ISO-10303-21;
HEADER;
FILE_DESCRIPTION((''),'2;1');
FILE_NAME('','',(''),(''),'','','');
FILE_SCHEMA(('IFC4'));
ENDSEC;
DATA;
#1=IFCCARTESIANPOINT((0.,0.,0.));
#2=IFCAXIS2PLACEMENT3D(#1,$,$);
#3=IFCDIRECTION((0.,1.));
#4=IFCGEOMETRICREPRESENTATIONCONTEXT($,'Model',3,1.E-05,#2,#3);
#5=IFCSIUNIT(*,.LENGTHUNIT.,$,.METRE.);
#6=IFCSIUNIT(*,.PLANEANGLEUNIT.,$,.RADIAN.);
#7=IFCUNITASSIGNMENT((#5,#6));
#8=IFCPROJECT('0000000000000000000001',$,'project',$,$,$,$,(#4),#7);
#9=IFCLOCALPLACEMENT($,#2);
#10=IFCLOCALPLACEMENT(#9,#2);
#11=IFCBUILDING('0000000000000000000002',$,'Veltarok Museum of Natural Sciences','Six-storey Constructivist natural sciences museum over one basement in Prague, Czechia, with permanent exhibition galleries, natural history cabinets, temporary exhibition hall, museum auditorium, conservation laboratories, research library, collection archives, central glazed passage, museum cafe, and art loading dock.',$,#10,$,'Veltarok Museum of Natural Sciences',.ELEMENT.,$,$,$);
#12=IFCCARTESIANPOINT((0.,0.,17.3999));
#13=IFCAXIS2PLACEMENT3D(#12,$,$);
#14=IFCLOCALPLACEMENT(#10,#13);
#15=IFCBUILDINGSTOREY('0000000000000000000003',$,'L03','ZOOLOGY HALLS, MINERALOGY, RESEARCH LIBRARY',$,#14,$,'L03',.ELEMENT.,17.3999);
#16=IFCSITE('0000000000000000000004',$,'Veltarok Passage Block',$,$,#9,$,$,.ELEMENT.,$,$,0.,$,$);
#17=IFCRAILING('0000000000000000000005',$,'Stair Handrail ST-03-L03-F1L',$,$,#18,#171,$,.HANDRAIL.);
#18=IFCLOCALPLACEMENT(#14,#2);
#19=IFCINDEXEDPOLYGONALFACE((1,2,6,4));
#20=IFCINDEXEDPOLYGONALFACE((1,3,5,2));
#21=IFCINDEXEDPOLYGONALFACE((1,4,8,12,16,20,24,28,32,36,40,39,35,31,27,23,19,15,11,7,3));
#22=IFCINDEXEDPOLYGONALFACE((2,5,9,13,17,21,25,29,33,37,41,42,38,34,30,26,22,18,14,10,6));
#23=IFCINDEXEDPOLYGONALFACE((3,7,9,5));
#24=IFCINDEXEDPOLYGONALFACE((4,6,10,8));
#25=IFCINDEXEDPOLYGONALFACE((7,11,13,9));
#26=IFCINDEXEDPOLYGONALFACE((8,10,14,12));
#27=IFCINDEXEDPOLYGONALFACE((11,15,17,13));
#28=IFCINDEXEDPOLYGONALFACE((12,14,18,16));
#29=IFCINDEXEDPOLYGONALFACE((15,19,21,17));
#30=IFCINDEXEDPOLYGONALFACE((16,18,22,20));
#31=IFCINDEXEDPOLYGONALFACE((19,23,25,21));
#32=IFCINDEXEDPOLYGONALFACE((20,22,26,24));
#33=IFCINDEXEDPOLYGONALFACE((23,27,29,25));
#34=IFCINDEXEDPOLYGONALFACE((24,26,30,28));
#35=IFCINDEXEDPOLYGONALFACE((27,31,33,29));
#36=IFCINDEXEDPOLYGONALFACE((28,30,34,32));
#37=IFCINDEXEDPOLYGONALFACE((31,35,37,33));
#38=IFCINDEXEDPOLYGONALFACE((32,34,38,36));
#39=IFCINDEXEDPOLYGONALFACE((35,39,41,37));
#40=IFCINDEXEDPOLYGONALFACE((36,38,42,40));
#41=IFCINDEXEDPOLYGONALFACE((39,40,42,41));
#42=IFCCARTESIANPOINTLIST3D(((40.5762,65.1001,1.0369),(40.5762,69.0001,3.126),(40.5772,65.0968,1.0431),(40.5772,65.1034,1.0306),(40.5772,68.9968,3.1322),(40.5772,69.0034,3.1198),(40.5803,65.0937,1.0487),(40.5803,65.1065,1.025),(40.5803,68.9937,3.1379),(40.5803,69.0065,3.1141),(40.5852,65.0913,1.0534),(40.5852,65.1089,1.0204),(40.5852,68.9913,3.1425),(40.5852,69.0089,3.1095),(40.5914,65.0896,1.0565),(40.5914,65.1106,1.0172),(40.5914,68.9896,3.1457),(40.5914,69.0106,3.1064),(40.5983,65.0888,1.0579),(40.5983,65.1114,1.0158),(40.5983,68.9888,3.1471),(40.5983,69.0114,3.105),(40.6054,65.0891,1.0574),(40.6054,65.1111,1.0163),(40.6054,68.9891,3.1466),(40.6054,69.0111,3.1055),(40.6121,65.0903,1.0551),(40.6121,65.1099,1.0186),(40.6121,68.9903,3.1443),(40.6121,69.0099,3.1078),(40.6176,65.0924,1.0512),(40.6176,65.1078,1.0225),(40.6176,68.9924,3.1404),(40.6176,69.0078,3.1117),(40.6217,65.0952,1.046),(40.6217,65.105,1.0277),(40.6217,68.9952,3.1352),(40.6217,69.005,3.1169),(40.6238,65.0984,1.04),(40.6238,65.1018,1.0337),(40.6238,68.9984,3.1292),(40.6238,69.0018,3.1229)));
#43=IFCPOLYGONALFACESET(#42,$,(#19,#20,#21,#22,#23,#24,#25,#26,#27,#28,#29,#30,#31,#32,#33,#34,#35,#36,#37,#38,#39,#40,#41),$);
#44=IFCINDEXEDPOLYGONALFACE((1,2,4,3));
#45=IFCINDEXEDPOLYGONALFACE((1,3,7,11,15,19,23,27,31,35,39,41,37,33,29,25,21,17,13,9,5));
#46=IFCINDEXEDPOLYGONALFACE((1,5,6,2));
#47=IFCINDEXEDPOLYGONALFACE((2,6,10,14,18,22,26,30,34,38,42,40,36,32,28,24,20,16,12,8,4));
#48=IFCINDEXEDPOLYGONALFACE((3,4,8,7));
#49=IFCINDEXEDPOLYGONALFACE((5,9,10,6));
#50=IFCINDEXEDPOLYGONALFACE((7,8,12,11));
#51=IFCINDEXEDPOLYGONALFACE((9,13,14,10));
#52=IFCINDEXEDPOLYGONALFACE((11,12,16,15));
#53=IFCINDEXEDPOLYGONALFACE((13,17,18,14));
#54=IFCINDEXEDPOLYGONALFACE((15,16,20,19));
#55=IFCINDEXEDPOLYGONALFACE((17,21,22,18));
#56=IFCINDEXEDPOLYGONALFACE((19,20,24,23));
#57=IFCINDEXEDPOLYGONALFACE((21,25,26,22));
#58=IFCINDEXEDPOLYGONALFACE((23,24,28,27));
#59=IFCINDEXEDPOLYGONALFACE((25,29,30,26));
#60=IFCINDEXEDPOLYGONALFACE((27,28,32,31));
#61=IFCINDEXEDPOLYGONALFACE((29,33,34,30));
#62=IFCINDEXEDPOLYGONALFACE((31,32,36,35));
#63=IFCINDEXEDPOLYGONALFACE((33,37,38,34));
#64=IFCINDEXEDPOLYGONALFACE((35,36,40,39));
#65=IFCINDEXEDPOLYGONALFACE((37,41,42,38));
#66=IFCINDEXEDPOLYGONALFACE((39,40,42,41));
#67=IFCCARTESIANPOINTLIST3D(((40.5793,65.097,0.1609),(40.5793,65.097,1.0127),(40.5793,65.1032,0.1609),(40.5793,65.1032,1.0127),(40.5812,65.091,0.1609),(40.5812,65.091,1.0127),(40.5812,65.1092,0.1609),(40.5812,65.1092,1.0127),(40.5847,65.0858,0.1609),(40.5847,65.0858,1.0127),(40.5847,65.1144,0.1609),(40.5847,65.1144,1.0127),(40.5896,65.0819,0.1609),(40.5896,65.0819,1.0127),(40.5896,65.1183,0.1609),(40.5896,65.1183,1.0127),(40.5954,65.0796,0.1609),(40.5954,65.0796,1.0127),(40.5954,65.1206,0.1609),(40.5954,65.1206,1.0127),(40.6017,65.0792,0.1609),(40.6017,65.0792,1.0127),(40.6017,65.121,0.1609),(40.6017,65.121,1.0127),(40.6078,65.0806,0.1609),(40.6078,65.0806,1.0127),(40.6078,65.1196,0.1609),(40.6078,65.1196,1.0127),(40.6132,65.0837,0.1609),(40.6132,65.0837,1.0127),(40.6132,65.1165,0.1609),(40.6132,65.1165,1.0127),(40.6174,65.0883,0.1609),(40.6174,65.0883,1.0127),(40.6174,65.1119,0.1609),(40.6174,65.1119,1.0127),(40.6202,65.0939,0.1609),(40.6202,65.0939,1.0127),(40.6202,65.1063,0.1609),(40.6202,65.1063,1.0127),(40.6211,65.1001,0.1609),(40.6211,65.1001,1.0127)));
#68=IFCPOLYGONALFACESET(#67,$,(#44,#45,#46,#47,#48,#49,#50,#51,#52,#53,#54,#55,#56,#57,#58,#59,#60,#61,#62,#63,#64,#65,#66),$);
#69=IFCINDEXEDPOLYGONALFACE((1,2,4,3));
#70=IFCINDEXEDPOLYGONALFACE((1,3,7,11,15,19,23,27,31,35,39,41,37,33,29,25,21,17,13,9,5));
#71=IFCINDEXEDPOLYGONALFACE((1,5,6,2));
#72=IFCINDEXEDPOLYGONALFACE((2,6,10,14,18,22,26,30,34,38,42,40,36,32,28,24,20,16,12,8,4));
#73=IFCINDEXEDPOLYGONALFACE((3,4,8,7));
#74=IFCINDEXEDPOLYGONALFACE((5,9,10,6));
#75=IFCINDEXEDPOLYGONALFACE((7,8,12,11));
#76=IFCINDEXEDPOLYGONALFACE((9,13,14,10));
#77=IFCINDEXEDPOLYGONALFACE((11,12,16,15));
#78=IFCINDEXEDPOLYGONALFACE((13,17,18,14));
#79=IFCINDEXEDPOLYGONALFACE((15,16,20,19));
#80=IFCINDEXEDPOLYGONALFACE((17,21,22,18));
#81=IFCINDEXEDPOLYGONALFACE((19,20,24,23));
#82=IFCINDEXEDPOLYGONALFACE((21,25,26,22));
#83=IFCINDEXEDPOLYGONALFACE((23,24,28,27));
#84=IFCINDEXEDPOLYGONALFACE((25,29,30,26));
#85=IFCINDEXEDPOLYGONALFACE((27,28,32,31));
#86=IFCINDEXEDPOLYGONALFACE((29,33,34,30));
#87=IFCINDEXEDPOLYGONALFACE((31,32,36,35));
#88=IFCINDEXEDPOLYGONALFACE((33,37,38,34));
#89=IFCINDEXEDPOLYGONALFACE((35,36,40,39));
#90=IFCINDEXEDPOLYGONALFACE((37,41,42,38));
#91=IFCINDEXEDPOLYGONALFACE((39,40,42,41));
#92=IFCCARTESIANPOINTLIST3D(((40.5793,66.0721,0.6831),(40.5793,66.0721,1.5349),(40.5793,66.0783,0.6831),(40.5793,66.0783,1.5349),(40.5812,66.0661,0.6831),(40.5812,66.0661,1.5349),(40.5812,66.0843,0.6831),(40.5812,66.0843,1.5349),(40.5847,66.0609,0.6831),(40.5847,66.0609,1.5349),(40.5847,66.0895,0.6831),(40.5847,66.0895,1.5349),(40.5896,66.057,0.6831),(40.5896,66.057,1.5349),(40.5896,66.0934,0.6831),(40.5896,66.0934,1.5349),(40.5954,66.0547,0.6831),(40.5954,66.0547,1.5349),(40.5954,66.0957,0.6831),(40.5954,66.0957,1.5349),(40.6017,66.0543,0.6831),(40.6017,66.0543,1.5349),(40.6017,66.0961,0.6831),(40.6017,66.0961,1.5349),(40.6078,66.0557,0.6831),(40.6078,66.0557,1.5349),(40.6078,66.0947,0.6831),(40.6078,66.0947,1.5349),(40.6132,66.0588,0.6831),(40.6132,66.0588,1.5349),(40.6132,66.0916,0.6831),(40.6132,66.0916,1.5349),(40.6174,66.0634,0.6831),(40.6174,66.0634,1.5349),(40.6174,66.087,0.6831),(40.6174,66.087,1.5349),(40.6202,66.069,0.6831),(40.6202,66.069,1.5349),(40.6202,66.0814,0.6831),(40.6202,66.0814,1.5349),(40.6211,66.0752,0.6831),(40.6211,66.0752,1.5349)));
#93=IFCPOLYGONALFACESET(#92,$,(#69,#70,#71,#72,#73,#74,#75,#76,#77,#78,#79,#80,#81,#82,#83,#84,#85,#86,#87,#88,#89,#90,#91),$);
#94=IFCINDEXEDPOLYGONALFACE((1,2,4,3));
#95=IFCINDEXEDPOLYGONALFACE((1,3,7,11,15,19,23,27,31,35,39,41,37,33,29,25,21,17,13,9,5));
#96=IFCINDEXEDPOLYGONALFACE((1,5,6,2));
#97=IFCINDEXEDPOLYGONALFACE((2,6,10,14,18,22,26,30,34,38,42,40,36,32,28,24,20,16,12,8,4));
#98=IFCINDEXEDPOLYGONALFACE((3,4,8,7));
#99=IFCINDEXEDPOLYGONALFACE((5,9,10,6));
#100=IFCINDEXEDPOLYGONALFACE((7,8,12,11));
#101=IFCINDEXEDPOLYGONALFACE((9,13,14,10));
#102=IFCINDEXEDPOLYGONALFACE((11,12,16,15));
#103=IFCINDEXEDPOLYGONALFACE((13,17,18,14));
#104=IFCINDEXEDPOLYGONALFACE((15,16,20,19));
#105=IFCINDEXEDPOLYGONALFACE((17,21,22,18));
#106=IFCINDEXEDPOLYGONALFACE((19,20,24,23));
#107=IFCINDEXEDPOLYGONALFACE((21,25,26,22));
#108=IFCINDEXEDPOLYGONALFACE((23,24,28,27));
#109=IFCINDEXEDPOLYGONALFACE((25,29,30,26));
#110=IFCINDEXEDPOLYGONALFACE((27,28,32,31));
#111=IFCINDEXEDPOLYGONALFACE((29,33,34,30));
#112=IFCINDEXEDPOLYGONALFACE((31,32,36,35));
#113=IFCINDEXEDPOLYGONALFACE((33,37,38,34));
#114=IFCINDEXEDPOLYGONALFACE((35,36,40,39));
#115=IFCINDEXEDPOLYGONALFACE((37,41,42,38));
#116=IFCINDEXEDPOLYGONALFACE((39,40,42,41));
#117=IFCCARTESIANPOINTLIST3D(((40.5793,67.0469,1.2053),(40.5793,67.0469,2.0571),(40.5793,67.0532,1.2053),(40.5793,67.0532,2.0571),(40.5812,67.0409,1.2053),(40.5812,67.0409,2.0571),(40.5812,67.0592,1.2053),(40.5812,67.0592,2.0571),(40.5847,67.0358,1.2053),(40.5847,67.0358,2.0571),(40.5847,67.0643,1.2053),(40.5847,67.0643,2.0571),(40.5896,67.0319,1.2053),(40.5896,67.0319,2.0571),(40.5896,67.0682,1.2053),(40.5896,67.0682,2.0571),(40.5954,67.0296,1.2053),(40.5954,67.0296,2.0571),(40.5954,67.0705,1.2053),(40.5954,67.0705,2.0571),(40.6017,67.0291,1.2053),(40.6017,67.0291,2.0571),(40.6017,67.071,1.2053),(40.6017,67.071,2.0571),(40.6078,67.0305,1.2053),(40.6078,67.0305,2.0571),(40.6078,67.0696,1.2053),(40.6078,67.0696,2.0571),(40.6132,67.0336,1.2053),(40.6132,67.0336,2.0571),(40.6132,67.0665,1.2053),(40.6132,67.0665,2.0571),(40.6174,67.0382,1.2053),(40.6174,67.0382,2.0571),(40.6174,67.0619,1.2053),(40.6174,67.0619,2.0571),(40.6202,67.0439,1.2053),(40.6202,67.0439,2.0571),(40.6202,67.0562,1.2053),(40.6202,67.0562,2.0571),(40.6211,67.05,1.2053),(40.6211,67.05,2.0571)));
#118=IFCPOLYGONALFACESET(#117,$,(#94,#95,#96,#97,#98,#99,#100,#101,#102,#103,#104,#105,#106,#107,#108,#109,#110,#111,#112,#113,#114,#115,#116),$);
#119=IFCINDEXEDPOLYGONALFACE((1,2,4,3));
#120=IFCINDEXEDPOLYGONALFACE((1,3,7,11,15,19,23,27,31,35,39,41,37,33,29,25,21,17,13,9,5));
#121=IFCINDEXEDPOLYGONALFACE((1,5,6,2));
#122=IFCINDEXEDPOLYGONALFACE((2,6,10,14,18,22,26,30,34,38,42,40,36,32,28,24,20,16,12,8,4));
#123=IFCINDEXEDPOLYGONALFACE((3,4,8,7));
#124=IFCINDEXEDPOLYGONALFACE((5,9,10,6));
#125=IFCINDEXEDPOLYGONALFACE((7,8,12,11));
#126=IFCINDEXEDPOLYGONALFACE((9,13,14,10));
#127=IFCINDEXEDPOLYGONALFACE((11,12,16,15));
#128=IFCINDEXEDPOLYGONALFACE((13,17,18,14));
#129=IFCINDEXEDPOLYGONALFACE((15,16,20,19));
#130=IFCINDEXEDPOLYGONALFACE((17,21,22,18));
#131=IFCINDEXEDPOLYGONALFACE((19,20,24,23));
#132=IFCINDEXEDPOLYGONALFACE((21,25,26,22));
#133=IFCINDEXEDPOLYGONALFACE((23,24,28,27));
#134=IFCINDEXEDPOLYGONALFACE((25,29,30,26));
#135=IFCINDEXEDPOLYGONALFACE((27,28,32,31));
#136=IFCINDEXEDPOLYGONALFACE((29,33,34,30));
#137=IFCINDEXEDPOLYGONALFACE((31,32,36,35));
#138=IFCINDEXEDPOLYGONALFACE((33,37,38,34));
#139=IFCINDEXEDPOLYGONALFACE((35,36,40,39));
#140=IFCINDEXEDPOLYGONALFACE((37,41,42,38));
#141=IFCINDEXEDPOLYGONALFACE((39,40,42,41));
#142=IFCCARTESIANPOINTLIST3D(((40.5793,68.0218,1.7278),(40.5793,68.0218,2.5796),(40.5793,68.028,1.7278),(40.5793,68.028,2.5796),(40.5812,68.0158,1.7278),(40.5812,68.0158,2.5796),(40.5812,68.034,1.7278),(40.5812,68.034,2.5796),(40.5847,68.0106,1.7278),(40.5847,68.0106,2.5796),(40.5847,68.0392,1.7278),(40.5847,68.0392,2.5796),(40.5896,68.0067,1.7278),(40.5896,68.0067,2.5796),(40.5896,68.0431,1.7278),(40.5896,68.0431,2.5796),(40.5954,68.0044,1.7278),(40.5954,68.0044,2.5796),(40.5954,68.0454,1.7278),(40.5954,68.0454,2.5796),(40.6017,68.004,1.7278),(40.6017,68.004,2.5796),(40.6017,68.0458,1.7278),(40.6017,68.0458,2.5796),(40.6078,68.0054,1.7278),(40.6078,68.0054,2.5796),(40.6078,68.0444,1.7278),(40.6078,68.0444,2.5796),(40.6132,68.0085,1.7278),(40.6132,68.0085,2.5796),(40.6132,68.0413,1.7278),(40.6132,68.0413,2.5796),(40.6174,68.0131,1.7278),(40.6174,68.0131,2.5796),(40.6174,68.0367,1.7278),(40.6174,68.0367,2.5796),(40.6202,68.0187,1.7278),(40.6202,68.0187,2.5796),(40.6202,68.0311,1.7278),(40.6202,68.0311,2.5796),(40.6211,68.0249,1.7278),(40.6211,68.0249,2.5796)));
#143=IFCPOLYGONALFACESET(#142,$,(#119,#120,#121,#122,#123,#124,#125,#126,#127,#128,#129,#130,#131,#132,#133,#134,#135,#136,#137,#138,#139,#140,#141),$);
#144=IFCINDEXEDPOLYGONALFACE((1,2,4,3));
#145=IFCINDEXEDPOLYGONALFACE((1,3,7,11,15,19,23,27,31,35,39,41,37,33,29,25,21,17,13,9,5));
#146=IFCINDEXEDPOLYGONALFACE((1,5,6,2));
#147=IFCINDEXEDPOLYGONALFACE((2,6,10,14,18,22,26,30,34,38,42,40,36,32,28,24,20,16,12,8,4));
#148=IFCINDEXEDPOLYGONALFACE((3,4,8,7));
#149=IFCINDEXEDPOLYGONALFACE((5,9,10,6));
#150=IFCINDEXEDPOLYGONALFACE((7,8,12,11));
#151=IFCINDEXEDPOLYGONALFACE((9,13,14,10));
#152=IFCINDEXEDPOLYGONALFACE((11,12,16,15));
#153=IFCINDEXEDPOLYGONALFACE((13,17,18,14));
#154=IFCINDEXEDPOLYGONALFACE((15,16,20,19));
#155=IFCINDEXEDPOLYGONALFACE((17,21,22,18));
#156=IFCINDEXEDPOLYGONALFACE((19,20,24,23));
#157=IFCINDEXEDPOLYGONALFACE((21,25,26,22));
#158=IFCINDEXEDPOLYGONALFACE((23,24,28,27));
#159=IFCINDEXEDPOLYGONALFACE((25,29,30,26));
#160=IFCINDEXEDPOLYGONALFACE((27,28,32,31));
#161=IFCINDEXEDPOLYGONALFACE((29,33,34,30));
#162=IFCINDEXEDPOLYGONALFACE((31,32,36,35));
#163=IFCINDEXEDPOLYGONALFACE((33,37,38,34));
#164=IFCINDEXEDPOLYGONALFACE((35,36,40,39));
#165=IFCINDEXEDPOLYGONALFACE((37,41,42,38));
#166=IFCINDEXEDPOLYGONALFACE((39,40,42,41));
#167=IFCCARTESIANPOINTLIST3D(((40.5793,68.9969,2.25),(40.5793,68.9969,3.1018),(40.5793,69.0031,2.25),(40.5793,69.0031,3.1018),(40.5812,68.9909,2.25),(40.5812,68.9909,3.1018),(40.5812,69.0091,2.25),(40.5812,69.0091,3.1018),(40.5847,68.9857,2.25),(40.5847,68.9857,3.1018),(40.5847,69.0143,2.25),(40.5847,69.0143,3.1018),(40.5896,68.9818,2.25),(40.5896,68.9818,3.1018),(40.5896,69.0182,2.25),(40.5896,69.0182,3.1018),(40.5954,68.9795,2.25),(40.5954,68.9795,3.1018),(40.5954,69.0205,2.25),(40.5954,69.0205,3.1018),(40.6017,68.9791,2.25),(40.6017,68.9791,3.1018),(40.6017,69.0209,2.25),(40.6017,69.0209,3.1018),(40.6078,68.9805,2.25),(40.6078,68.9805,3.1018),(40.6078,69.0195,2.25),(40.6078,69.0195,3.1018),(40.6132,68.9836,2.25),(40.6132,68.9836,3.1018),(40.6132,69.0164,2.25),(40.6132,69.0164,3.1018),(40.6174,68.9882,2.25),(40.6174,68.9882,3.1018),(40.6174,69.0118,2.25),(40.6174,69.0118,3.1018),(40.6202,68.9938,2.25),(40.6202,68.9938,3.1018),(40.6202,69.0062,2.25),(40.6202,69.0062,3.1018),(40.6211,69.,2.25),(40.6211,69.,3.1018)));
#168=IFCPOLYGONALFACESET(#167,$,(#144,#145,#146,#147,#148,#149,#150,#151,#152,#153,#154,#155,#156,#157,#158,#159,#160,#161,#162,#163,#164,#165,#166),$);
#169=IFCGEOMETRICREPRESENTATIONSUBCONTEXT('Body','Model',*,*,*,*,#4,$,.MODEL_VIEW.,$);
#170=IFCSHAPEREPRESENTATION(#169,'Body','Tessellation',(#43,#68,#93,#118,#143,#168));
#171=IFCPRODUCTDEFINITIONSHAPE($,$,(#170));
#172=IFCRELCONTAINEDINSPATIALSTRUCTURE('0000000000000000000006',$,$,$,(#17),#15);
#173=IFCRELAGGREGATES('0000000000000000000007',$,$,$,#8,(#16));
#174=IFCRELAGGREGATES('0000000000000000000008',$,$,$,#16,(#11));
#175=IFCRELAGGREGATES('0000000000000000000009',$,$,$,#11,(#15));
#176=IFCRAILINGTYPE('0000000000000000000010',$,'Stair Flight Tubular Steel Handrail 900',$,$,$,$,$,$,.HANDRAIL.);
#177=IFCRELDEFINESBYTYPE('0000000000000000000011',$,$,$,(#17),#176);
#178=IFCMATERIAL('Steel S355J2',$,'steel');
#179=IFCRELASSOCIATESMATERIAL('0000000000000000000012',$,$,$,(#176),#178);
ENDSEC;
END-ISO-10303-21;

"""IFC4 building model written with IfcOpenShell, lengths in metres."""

from ifc_helpers import new_model, si_unit, direction, frame, origin, origin_2d, place, context, subcontext, project, spatial, circle, extrude, material, type_object, element, save


model = new_model("IFC4")

# Units and contexts
model_context = context("Model", 3, precision=1e-05, world=origin(), true_north=direction((0.0, 1.0)))
body_context = subcontext(model_context, "Body", "Model", "MODEL_VIEW")
ifc_project = project(units=[si_unit("LENGTHUNIT", "METRE"), si_unit("PLANEANGLEUNIT", "RADIAN")], contexts=[model_context])

# Site, building, storey
site_placement = place(None, origin())
site = spatial("IfcSite", under=ifc_project, at=site_placement, Name="Veltarok Passage Block", CompositionType="ELEMENT", RefElevation=0.0)
building_placement = place(site_placement, origin())
building = spatial("IfcBuilding", under=site, at=building_placement, Name="Veltarok Museum of Natural Sciences", Description="Six-storey Constructivist natural sciences museum over one basement in Prague, Czechia, with permanent exhibition galleries, natural history cabinets, temporary exhibition hall, museum auditorium, conservation laboratories, research library, collection archives, central glazed passage, museum cafe, and art loading dock.", LongName="Veltarok Museum of Natural Sciences", CompositionType="ELEMENT")
storey_placement = place(building_placement, frame((0.0, 0.0, 17.3999)))
storey = spatial("IfcBuildingStorey", under=building, at=storey_placement, Name="L03", Description="ZOOLOGY HALLS, MINERALOGY, RESEARCH LIBRARY", LongName="L03", CompositionType="ELEMENT", Elevation=17.3999)

# Shared definitions
ifc_material_1 = material(Name="Steel S355J2", Category="steel")

# Railing
railing_type_1 = type_object("IfcRailingType", Name="Stair Flight Tubular Steel Handrail 900", PredefinedType="HANDRAIL", material=ifc_material_1)
for number, where, name in (
    (1, (40.6001, 65.1001, 0.1609), "Stair Handrail ST-03-L03-F1L"),
):
    element("IfcRailing", number, at=place(storey_placement, frame(where)), inside=storey, type_object=railing_type_1, Name=name, PredefinedType="HANDRAIL", context=body_context, shape_type="SweptSolid", body=[
        extrude(circle(Radius=0.0239, at=origin_2d()), frame((0.0, 0.0, 0.876), z_axis=(0.0, 0.881491, 0.4722), x_axis=(-1.0, 0.0, 0.0)), (0.0, 0.0, 1.0), 4.4243),
        extrude(circle(Radius=0.021, at=origin_2d()), origin(), (0.0, 0.0, 1.0), 0.8518),
        extrude(circle(Radius=0.021, at=origin_2d()), frame((0.0, 0.9751, 0.5222)), (0.0, 0.0, 1.0), 0.8518),
        extrude(circle(Radius=0.021, at=origin_2d()), frame((0.0, 1.95, 1.0444)), (0.0, 0.0, 1.0), 0.8518),
        extrude(circle(Radius=0.021, at=origin_2d()), frame((0.0, 2.9248, 1.5669)), (0.0, 0.0, 1.0), 0.8518),
        extrude(circle(Radius=0.021, at=origin_2d()), frame((0.0, 3.8999, 2.0891)), (0.0, 0.0, 1.0), 0.8518),
    ])

save(model, "model.ifc")
